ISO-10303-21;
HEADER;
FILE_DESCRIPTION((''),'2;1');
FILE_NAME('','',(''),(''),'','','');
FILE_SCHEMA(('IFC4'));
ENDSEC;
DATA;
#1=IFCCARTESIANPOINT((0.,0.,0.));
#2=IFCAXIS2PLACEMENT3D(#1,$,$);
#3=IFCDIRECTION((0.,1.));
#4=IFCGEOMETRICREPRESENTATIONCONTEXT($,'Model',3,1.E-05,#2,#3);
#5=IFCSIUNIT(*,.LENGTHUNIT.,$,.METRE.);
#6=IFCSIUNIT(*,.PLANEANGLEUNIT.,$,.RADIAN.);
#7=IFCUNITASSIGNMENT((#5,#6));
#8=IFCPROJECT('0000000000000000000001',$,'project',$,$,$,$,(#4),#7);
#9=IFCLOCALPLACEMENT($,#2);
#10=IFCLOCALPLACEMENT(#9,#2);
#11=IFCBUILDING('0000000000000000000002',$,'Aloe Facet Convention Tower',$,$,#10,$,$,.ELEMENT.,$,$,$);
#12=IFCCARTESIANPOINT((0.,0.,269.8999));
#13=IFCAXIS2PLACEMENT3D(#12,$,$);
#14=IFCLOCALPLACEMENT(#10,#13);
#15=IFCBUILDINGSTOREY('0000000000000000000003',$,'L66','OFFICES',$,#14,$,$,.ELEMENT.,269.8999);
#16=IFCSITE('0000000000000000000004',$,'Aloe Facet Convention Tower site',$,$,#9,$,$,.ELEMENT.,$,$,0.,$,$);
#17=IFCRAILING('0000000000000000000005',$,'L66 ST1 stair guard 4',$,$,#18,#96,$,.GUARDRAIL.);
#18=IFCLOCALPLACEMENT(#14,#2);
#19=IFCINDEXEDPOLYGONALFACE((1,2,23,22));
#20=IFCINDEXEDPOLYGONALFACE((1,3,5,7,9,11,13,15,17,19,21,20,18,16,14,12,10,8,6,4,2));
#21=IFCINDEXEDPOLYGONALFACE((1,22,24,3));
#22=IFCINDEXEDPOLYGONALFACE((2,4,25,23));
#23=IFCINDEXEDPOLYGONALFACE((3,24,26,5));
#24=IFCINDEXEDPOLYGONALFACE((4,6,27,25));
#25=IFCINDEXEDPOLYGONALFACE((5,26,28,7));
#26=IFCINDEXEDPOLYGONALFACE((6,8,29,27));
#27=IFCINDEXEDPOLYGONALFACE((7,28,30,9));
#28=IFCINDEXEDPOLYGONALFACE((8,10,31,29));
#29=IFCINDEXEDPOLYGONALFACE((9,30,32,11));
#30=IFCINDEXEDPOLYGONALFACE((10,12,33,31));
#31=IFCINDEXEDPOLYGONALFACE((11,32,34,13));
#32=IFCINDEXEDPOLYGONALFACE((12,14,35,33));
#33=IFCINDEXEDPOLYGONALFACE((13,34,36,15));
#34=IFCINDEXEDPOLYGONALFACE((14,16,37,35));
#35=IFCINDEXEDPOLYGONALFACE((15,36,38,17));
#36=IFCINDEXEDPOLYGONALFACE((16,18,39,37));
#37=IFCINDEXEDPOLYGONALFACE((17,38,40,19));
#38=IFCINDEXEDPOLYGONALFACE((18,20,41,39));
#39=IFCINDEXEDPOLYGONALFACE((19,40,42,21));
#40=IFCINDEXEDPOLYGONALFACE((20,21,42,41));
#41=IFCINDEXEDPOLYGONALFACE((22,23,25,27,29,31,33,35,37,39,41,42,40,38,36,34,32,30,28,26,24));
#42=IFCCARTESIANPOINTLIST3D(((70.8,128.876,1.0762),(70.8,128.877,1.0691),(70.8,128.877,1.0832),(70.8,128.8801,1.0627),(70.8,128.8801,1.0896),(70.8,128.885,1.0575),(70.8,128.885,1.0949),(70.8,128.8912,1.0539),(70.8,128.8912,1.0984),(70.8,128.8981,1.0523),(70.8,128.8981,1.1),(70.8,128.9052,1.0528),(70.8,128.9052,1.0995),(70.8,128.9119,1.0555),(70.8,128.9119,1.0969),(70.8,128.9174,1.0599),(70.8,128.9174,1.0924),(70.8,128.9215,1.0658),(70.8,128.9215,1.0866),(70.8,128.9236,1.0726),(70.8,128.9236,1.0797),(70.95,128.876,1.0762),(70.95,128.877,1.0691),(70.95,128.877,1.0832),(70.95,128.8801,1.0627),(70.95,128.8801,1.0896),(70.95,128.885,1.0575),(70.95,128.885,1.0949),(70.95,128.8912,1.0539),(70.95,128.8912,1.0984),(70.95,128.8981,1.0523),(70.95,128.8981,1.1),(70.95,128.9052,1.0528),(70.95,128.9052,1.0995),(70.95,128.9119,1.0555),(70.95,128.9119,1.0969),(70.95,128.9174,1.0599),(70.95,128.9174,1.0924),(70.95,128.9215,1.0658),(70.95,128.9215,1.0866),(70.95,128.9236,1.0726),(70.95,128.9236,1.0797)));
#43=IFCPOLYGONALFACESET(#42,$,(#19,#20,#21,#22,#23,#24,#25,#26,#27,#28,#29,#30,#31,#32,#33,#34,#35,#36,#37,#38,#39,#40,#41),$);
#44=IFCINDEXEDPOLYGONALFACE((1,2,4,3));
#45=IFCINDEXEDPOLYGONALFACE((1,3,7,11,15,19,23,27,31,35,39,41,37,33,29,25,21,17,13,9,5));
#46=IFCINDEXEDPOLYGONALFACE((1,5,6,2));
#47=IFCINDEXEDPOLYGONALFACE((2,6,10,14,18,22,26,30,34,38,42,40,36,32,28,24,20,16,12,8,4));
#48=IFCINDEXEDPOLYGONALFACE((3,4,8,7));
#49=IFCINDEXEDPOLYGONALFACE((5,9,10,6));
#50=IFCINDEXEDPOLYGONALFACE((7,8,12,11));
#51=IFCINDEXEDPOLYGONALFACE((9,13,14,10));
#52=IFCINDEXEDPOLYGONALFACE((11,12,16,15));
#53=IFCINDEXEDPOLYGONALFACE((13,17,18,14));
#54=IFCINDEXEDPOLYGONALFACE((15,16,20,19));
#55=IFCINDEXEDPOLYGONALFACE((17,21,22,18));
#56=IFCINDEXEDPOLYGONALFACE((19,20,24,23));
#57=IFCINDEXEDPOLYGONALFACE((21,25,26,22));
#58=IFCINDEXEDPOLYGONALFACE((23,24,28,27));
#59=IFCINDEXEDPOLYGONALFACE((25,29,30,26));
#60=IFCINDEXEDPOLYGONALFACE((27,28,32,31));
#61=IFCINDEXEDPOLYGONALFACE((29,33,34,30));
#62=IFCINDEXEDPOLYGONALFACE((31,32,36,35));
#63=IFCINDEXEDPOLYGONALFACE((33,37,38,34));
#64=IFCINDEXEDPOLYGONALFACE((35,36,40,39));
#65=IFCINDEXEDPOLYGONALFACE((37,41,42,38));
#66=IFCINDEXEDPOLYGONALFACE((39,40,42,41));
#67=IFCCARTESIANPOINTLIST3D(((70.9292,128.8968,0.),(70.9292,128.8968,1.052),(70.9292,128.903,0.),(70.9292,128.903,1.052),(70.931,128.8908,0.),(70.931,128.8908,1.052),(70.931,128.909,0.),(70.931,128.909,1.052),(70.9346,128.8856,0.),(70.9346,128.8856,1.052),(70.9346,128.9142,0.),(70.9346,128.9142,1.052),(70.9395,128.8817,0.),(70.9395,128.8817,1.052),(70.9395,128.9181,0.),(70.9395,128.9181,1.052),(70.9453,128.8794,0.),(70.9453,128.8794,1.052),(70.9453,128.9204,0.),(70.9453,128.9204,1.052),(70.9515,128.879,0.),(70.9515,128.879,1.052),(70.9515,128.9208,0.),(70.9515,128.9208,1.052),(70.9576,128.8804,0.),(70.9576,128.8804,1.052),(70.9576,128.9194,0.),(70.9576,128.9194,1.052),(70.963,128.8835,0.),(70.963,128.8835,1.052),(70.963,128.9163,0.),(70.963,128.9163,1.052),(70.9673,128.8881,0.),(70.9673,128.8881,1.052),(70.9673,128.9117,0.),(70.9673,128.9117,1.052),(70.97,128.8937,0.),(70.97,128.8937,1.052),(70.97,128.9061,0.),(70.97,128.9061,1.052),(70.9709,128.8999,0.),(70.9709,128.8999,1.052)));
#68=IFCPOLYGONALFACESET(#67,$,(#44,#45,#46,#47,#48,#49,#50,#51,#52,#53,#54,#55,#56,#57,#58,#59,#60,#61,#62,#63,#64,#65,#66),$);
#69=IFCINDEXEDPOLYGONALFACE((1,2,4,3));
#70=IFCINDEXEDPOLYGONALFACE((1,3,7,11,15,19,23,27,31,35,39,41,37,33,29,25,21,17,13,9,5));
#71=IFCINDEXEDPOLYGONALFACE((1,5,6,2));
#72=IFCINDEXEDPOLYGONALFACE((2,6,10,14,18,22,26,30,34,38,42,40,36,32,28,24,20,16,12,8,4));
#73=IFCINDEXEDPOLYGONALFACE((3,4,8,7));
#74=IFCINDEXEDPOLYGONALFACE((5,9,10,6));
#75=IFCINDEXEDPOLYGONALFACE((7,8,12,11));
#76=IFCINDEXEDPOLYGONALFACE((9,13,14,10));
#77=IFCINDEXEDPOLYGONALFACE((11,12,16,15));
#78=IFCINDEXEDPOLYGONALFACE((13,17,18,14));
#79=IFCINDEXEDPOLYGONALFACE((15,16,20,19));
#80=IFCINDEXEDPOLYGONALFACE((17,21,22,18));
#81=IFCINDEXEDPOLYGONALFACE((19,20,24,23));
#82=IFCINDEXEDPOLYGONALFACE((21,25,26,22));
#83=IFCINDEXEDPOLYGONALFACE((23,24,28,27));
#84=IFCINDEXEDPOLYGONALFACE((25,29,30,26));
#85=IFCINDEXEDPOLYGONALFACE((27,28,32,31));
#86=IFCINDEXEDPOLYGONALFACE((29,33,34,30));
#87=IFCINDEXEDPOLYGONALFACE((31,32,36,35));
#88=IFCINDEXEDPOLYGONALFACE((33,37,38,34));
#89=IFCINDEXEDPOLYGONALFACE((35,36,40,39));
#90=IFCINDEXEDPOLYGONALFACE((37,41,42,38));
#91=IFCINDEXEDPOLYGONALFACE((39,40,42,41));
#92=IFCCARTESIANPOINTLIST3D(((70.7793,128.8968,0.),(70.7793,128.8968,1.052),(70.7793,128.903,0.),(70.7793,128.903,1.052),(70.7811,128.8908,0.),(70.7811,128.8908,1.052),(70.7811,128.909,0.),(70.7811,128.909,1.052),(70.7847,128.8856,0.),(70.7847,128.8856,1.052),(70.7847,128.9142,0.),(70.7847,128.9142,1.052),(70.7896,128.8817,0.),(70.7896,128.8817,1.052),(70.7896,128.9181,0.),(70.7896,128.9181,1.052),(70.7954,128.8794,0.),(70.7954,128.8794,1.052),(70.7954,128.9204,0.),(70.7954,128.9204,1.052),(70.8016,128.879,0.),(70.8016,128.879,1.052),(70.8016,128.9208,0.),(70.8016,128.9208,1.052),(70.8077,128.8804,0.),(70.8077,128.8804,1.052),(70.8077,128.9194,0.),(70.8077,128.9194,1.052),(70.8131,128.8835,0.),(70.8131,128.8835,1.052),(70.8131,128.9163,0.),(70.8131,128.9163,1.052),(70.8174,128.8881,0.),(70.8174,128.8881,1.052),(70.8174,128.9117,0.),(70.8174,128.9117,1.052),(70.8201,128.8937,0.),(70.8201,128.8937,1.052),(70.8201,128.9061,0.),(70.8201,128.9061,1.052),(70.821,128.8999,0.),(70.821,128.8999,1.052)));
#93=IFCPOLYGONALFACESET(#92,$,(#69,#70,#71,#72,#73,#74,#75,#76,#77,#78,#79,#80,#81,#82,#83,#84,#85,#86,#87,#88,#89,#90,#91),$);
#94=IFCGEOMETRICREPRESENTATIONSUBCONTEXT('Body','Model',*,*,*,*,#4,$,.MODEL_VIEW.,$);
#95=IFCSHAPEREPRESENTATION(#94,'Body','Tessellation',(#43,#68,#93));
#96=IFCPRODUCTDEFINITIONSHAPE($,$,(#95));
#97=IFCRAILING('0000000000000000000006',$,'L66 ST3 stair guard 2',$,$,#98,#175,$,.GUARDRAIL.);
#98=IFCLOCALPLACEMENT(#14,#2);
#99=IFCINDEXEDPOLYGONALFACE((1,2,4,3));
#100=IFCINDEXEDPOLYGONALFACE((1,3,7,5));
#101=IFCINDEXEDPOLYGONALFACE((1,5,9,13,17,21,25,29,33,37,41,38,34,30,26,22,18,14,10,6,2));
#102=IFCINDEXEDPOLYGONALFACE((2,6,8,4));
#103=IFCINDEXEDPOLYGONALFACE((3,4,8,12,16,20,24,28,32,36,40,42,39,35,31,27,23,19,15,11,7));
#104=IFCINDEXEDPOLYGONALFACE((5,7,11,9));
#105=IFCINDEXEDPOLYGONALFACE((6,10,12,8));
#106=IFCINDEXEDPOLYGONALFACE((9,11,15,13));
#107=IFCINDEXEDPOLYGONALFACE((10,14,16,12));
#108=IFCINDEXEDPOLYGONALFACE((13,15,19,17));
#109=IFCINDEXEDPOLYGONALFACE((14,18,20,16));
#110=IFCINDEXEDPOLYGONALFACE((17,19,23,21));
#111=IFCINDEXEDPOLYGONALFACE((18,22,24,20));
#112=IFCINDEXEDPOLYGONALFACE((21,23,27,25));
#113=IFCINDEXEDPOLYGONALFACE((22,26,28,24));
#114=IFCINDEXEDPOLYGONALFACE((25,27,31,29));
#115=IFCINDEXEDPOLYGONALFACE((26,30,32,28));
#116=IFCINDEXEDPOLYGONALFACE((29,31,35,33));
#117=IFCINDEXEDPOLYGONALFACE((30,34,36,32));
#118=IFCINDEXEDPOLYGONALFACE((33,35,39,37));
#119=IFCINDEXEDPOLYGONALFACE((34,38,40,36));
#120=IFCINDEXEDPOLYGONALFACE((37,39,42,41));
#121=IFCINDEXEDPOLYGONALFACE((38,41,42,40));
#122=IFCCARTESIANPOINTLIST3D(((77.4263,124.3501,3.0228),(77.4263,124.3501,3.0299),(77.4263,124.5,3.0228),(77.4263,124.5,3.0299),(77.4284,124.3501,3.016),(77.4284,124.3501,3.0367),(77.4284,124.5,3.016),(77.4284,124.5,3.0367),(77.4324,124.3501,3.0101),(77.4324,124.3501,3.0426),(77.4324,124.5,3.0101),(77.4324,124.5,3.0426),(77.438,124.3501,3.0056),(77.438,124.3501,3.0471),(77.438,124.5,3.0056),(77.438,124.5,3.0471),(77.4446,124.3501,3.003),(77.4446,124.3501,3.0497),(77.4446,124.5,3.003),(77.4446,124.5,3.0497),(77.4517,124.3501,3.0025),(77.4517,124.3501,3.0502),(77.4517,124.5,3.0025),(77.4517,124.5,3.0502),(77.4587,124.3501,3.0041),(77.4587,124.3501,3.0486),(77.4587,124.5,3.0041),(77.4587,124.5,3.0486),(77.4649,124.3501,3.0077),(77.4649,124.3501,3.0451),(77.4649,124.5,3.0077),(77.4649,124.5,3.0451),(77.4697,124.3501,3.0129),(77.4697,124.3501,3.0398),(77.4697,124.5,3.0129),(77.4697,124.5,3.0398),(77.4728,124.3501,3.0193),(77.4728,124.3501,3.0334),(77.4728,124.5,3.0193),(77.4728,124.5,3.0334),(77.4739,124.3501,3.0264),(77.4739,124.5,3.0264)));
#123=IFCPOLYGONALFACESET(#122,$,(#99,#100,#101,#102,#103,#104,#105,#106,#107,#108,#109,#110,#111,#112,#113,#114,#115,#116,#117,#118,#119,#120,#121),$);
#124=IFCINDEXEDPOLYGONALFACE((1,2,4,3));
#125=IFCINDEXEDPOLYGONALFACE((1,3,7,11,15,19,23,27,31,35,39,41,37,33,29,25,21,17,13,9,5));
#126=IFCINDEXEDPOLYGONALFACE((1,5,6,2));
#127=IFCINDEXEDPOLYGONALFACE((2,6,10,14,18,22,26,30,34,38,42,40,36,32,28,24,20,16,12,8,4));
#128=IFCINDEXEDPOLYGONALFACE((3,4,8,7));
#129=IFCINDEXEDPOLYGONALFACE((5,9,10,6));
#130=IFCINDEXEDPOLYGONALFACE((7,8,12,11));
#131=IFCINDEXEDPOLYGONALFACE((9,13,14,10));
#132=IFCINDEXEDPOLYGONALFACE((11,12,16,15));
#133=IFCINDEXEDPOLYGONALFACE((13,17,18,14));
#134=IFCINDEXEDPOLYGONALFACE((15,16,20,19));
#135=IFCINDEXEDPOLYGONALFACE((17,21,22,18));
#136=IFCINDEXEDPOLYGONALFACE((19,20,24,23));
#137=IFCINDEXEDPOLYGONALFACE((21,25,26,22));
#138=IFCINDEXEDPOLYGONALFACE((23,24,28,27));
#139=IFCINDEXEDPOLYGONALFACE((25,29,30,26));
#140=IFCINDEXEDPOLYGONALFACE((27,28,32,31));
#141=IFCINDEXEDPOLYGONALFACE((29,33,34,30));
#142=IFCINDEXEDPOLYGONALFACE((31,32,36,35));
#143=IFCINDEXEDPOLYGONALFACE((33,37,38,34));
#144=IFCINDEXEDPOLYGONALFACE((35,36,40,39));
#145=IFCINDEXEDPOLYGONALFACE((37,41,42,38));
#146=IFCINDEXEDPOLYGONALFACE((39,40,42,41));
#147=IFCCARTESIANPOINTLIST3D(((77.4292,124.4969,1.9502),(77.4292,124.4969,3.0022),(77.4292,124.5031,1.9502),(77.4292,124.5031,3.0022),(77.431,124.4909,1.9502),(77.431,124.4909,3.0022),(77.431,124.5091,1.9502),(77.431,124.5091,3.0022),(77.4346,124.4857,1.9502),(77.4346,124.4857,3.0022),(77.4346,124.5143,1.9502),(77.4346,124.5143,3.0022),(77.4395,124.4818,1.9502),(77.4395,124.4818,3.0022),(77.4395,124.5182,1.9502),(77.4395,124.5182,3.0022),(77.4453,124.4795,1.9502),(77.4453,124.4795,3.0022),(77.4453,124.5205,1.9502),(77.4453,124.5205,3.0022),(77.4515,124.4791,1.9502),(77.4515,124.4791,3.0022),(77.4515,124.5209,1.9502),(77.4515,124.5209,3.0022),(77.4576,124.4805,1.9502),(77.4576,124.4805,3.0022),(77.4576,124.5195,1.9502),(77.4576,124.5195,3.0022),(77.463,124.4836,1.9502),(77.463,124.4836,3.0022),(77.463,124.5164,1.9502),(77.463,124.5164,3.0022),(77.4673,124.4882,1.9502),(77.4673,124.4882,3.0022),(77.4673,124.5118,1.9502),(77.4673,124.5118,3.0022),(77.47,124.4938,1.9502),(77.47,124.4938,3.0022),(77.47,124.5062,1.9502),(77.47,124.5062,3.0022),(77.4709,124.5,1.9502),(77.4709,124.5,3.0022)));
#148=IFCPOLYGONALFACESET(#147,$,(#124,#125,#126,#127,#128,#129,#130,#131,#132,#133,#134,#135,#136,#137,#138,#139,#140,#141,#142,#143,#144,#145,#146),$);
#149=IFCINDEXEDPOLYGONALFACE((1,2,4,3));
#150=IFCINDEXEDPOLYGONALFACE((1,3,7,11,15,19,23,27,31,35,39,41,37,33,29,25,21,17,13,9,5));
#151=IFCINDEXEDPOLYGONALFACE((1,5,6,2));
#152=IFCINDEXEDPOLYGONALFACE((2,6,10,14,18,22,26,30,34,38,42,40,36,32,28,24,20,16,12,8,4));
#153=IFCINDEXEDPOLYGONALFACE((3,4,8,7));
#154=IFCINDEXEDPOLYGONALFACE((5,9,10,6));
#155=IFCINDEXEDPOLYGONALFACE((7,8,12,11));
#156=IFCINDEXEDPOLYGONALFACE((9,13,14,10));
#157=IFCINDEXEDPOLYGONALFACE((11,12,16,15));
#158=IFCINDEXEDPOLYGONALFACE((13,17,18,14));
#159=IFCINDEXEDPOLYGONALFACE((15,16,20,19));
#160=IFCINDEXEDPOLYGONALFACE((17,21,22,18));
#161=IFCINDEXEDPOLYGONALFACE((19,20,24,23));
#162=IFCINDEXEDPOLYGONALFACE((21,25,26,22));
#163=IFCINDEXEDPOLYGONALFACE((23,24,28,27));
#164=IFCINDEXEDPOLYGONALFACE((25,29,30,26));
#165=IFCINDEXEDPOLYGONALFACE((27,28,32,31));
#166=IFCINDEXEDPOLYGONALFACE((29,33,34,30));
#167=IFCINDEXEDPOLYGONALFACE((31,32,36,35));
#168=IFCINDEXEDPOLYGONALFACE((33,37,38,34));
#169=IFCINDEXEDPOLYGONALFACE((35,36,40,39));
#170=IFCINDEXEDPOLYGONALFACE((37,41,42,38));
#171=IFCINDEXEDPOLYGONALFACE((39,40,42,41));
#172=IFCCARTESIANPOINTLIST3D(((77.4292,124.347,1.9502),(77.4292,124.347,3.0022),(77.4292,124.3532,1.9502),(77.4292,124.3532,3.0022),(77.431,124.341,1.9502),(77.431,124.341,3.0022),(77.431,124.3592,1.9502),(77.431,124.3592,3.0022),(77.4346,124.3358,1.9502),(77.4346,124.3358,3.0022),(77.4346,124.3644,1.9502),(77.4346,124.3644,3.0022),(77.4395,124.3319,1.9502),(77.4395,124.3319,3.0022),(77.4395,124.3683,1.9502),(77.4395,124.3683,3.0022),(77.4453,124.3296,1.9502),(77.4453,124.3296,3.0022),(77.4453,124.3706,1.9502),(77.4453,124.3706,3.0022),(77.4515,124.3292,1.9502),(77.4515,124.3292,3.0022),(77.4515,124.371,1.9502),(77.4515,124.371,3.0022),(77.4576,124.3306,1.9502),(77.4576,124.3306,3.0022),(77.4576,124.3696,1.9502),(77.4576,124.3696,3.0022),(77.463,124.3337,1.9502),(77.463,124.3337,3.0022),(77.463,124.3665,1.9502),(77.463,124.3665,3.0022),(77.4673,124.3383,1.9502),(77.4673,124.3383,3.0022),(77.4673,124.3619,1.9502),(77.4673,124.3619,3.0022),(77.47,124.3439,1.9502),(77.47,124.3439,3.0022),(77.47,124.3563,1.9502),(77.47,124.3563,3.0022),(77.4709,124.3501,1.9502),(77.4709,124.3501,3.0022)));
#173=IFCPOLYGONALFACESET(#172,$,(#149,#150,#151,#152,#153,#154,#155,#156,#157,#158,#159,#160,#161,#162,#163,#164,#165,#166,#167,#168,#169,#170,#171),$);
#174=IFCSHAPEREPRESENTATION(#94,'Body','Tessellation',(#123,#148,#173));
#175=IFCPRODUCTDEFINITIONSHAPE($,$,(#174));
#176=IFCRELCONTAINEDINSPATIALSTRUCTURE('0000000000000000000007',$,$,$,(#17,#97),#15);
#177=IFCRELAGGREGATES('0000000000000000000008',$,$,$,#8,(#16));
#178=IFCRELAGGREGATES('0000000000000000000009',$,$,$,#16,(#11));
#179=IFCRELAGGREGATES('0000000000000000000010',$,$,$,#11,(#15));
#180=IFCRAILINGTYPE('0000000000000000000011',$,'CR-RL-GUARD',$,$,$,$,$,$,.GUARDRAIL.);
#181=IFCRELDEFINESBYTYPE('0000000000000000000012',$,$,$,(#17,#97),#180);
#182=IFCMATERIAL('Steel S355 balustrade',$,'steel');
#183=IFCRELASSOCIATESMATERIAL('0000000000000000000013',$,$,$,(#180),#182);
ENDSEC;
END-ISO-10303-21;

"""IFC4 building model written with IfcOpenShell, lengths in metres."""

from ifc_helpers import new_model, si_unit, direction, frame, origin, origin_2d, place, context, subcontext, project, spatial, circle, extrude, material, type_object, element, save


model = new_model("IFC4")

# Units and contexts
model_context = context("Model", 3, precision=1e-05, world=origin(), true_north=direction((0.0, 1.0)))
body_context = subcontext(model_context, "Body", "Model", "MODEL_VIEW")
ifc_project = project(units=[si_unit("LENGTHUNIT", "METRE"), si_unit("PLANEANGLEUNIT", "RADIAN")], contexts=[model_context])

# Site, building, storey
site_placement = place(None, origin())
site = spatial("IfcSite", under=ifc_project, at=site_placement, Name="Aloe Facet Convention Tower site", CompositionType="ELEMENT", RefElevation=0.0)
building_placement = place(site_placement, origin())
building = spatial("IfcBuilding", under=site, at=building_placement, Name="Aloe Facet Convention Tower", CompositionType="ELEMENT")
storey_placement = place(building_placement, frame((0.0, 0.0, 269.8999)))
storey = spatial("IfcBuildingStorey", under=building, at=storey_placement, Name="L66", Description="OFFICES", CompositionType="ELEMENT", Elevation=269.8999)

# Railings
ifc_material_1 = material(Name="Steel S355 balustrade", Category="steel")
railing_type_1 = type_object("IfcRailingType", Name="CR-RL-GUARD", PredefinedType="GUARDRAIL", material=ifc_material_1)
railing_1_placement = place(storey_placement, frame((70.95, 128.8999, 0.0)))
element("IfcRailing", 1, at=railing_1_placement, inside=storey, type_object=railing_type_1, Name="L66 ST1 stair guard 4", PredefinedType="GUARDRAIL", context=body_context, shape_type="SweptSolid", body=[
    extrude(circle(Radius=0.0239, at=origin_2d()), frame((0.0, 0.0, 1.0762), z_axis=(-1.0, 0.0, 0.0), x_axis=(0.0, -1.0, 0.0)), (0.0, 0.0, 1.0), 0.1499),
    extrude(circle(Radius=0.021, at=origin_2d()), origin(), (0.0, 0.0, 1.0), 1.052),
    extrude(circle(Radius=0.021, at=origin_2d()), frame((-0.1499, 0.0, 0.0)), (0.0, 0.0, 1.0), 1.052),
])
railing_2_placement = place(storey_placement, frame((77.45, 124.5, 1.9502)))
element("IfcRailing", 2, at=railing_2_placement, inside=storey, type_object=railing_type_1, Name="L66 ST3 stair guard 2", PredefinedType="GUARDRAIL", context=body_context, shape_type="SweptSolid", body=[
    extrude(circle(Radius=0.0239, at=origin_2d()), frame((0.0, 0.0, 1.0762), z_axis=(0.0, -1.0, 0.0), x_axis=(1.0, 0.0, 0.0)), (0.0, 0.0, 1.0), 0.1499),
    extrude(circle(Radius=0.021, at=origin_2d()), origin(), (0.0, 0.0, 1.0), 1.052),
    extrude(circle(Radius=0.021, at=origin_2d()), frame((0.0, -0.1499, 0.0)), (0.0, 0.0, 1.0), 1.052),
])

save(model, "model.ifc")
